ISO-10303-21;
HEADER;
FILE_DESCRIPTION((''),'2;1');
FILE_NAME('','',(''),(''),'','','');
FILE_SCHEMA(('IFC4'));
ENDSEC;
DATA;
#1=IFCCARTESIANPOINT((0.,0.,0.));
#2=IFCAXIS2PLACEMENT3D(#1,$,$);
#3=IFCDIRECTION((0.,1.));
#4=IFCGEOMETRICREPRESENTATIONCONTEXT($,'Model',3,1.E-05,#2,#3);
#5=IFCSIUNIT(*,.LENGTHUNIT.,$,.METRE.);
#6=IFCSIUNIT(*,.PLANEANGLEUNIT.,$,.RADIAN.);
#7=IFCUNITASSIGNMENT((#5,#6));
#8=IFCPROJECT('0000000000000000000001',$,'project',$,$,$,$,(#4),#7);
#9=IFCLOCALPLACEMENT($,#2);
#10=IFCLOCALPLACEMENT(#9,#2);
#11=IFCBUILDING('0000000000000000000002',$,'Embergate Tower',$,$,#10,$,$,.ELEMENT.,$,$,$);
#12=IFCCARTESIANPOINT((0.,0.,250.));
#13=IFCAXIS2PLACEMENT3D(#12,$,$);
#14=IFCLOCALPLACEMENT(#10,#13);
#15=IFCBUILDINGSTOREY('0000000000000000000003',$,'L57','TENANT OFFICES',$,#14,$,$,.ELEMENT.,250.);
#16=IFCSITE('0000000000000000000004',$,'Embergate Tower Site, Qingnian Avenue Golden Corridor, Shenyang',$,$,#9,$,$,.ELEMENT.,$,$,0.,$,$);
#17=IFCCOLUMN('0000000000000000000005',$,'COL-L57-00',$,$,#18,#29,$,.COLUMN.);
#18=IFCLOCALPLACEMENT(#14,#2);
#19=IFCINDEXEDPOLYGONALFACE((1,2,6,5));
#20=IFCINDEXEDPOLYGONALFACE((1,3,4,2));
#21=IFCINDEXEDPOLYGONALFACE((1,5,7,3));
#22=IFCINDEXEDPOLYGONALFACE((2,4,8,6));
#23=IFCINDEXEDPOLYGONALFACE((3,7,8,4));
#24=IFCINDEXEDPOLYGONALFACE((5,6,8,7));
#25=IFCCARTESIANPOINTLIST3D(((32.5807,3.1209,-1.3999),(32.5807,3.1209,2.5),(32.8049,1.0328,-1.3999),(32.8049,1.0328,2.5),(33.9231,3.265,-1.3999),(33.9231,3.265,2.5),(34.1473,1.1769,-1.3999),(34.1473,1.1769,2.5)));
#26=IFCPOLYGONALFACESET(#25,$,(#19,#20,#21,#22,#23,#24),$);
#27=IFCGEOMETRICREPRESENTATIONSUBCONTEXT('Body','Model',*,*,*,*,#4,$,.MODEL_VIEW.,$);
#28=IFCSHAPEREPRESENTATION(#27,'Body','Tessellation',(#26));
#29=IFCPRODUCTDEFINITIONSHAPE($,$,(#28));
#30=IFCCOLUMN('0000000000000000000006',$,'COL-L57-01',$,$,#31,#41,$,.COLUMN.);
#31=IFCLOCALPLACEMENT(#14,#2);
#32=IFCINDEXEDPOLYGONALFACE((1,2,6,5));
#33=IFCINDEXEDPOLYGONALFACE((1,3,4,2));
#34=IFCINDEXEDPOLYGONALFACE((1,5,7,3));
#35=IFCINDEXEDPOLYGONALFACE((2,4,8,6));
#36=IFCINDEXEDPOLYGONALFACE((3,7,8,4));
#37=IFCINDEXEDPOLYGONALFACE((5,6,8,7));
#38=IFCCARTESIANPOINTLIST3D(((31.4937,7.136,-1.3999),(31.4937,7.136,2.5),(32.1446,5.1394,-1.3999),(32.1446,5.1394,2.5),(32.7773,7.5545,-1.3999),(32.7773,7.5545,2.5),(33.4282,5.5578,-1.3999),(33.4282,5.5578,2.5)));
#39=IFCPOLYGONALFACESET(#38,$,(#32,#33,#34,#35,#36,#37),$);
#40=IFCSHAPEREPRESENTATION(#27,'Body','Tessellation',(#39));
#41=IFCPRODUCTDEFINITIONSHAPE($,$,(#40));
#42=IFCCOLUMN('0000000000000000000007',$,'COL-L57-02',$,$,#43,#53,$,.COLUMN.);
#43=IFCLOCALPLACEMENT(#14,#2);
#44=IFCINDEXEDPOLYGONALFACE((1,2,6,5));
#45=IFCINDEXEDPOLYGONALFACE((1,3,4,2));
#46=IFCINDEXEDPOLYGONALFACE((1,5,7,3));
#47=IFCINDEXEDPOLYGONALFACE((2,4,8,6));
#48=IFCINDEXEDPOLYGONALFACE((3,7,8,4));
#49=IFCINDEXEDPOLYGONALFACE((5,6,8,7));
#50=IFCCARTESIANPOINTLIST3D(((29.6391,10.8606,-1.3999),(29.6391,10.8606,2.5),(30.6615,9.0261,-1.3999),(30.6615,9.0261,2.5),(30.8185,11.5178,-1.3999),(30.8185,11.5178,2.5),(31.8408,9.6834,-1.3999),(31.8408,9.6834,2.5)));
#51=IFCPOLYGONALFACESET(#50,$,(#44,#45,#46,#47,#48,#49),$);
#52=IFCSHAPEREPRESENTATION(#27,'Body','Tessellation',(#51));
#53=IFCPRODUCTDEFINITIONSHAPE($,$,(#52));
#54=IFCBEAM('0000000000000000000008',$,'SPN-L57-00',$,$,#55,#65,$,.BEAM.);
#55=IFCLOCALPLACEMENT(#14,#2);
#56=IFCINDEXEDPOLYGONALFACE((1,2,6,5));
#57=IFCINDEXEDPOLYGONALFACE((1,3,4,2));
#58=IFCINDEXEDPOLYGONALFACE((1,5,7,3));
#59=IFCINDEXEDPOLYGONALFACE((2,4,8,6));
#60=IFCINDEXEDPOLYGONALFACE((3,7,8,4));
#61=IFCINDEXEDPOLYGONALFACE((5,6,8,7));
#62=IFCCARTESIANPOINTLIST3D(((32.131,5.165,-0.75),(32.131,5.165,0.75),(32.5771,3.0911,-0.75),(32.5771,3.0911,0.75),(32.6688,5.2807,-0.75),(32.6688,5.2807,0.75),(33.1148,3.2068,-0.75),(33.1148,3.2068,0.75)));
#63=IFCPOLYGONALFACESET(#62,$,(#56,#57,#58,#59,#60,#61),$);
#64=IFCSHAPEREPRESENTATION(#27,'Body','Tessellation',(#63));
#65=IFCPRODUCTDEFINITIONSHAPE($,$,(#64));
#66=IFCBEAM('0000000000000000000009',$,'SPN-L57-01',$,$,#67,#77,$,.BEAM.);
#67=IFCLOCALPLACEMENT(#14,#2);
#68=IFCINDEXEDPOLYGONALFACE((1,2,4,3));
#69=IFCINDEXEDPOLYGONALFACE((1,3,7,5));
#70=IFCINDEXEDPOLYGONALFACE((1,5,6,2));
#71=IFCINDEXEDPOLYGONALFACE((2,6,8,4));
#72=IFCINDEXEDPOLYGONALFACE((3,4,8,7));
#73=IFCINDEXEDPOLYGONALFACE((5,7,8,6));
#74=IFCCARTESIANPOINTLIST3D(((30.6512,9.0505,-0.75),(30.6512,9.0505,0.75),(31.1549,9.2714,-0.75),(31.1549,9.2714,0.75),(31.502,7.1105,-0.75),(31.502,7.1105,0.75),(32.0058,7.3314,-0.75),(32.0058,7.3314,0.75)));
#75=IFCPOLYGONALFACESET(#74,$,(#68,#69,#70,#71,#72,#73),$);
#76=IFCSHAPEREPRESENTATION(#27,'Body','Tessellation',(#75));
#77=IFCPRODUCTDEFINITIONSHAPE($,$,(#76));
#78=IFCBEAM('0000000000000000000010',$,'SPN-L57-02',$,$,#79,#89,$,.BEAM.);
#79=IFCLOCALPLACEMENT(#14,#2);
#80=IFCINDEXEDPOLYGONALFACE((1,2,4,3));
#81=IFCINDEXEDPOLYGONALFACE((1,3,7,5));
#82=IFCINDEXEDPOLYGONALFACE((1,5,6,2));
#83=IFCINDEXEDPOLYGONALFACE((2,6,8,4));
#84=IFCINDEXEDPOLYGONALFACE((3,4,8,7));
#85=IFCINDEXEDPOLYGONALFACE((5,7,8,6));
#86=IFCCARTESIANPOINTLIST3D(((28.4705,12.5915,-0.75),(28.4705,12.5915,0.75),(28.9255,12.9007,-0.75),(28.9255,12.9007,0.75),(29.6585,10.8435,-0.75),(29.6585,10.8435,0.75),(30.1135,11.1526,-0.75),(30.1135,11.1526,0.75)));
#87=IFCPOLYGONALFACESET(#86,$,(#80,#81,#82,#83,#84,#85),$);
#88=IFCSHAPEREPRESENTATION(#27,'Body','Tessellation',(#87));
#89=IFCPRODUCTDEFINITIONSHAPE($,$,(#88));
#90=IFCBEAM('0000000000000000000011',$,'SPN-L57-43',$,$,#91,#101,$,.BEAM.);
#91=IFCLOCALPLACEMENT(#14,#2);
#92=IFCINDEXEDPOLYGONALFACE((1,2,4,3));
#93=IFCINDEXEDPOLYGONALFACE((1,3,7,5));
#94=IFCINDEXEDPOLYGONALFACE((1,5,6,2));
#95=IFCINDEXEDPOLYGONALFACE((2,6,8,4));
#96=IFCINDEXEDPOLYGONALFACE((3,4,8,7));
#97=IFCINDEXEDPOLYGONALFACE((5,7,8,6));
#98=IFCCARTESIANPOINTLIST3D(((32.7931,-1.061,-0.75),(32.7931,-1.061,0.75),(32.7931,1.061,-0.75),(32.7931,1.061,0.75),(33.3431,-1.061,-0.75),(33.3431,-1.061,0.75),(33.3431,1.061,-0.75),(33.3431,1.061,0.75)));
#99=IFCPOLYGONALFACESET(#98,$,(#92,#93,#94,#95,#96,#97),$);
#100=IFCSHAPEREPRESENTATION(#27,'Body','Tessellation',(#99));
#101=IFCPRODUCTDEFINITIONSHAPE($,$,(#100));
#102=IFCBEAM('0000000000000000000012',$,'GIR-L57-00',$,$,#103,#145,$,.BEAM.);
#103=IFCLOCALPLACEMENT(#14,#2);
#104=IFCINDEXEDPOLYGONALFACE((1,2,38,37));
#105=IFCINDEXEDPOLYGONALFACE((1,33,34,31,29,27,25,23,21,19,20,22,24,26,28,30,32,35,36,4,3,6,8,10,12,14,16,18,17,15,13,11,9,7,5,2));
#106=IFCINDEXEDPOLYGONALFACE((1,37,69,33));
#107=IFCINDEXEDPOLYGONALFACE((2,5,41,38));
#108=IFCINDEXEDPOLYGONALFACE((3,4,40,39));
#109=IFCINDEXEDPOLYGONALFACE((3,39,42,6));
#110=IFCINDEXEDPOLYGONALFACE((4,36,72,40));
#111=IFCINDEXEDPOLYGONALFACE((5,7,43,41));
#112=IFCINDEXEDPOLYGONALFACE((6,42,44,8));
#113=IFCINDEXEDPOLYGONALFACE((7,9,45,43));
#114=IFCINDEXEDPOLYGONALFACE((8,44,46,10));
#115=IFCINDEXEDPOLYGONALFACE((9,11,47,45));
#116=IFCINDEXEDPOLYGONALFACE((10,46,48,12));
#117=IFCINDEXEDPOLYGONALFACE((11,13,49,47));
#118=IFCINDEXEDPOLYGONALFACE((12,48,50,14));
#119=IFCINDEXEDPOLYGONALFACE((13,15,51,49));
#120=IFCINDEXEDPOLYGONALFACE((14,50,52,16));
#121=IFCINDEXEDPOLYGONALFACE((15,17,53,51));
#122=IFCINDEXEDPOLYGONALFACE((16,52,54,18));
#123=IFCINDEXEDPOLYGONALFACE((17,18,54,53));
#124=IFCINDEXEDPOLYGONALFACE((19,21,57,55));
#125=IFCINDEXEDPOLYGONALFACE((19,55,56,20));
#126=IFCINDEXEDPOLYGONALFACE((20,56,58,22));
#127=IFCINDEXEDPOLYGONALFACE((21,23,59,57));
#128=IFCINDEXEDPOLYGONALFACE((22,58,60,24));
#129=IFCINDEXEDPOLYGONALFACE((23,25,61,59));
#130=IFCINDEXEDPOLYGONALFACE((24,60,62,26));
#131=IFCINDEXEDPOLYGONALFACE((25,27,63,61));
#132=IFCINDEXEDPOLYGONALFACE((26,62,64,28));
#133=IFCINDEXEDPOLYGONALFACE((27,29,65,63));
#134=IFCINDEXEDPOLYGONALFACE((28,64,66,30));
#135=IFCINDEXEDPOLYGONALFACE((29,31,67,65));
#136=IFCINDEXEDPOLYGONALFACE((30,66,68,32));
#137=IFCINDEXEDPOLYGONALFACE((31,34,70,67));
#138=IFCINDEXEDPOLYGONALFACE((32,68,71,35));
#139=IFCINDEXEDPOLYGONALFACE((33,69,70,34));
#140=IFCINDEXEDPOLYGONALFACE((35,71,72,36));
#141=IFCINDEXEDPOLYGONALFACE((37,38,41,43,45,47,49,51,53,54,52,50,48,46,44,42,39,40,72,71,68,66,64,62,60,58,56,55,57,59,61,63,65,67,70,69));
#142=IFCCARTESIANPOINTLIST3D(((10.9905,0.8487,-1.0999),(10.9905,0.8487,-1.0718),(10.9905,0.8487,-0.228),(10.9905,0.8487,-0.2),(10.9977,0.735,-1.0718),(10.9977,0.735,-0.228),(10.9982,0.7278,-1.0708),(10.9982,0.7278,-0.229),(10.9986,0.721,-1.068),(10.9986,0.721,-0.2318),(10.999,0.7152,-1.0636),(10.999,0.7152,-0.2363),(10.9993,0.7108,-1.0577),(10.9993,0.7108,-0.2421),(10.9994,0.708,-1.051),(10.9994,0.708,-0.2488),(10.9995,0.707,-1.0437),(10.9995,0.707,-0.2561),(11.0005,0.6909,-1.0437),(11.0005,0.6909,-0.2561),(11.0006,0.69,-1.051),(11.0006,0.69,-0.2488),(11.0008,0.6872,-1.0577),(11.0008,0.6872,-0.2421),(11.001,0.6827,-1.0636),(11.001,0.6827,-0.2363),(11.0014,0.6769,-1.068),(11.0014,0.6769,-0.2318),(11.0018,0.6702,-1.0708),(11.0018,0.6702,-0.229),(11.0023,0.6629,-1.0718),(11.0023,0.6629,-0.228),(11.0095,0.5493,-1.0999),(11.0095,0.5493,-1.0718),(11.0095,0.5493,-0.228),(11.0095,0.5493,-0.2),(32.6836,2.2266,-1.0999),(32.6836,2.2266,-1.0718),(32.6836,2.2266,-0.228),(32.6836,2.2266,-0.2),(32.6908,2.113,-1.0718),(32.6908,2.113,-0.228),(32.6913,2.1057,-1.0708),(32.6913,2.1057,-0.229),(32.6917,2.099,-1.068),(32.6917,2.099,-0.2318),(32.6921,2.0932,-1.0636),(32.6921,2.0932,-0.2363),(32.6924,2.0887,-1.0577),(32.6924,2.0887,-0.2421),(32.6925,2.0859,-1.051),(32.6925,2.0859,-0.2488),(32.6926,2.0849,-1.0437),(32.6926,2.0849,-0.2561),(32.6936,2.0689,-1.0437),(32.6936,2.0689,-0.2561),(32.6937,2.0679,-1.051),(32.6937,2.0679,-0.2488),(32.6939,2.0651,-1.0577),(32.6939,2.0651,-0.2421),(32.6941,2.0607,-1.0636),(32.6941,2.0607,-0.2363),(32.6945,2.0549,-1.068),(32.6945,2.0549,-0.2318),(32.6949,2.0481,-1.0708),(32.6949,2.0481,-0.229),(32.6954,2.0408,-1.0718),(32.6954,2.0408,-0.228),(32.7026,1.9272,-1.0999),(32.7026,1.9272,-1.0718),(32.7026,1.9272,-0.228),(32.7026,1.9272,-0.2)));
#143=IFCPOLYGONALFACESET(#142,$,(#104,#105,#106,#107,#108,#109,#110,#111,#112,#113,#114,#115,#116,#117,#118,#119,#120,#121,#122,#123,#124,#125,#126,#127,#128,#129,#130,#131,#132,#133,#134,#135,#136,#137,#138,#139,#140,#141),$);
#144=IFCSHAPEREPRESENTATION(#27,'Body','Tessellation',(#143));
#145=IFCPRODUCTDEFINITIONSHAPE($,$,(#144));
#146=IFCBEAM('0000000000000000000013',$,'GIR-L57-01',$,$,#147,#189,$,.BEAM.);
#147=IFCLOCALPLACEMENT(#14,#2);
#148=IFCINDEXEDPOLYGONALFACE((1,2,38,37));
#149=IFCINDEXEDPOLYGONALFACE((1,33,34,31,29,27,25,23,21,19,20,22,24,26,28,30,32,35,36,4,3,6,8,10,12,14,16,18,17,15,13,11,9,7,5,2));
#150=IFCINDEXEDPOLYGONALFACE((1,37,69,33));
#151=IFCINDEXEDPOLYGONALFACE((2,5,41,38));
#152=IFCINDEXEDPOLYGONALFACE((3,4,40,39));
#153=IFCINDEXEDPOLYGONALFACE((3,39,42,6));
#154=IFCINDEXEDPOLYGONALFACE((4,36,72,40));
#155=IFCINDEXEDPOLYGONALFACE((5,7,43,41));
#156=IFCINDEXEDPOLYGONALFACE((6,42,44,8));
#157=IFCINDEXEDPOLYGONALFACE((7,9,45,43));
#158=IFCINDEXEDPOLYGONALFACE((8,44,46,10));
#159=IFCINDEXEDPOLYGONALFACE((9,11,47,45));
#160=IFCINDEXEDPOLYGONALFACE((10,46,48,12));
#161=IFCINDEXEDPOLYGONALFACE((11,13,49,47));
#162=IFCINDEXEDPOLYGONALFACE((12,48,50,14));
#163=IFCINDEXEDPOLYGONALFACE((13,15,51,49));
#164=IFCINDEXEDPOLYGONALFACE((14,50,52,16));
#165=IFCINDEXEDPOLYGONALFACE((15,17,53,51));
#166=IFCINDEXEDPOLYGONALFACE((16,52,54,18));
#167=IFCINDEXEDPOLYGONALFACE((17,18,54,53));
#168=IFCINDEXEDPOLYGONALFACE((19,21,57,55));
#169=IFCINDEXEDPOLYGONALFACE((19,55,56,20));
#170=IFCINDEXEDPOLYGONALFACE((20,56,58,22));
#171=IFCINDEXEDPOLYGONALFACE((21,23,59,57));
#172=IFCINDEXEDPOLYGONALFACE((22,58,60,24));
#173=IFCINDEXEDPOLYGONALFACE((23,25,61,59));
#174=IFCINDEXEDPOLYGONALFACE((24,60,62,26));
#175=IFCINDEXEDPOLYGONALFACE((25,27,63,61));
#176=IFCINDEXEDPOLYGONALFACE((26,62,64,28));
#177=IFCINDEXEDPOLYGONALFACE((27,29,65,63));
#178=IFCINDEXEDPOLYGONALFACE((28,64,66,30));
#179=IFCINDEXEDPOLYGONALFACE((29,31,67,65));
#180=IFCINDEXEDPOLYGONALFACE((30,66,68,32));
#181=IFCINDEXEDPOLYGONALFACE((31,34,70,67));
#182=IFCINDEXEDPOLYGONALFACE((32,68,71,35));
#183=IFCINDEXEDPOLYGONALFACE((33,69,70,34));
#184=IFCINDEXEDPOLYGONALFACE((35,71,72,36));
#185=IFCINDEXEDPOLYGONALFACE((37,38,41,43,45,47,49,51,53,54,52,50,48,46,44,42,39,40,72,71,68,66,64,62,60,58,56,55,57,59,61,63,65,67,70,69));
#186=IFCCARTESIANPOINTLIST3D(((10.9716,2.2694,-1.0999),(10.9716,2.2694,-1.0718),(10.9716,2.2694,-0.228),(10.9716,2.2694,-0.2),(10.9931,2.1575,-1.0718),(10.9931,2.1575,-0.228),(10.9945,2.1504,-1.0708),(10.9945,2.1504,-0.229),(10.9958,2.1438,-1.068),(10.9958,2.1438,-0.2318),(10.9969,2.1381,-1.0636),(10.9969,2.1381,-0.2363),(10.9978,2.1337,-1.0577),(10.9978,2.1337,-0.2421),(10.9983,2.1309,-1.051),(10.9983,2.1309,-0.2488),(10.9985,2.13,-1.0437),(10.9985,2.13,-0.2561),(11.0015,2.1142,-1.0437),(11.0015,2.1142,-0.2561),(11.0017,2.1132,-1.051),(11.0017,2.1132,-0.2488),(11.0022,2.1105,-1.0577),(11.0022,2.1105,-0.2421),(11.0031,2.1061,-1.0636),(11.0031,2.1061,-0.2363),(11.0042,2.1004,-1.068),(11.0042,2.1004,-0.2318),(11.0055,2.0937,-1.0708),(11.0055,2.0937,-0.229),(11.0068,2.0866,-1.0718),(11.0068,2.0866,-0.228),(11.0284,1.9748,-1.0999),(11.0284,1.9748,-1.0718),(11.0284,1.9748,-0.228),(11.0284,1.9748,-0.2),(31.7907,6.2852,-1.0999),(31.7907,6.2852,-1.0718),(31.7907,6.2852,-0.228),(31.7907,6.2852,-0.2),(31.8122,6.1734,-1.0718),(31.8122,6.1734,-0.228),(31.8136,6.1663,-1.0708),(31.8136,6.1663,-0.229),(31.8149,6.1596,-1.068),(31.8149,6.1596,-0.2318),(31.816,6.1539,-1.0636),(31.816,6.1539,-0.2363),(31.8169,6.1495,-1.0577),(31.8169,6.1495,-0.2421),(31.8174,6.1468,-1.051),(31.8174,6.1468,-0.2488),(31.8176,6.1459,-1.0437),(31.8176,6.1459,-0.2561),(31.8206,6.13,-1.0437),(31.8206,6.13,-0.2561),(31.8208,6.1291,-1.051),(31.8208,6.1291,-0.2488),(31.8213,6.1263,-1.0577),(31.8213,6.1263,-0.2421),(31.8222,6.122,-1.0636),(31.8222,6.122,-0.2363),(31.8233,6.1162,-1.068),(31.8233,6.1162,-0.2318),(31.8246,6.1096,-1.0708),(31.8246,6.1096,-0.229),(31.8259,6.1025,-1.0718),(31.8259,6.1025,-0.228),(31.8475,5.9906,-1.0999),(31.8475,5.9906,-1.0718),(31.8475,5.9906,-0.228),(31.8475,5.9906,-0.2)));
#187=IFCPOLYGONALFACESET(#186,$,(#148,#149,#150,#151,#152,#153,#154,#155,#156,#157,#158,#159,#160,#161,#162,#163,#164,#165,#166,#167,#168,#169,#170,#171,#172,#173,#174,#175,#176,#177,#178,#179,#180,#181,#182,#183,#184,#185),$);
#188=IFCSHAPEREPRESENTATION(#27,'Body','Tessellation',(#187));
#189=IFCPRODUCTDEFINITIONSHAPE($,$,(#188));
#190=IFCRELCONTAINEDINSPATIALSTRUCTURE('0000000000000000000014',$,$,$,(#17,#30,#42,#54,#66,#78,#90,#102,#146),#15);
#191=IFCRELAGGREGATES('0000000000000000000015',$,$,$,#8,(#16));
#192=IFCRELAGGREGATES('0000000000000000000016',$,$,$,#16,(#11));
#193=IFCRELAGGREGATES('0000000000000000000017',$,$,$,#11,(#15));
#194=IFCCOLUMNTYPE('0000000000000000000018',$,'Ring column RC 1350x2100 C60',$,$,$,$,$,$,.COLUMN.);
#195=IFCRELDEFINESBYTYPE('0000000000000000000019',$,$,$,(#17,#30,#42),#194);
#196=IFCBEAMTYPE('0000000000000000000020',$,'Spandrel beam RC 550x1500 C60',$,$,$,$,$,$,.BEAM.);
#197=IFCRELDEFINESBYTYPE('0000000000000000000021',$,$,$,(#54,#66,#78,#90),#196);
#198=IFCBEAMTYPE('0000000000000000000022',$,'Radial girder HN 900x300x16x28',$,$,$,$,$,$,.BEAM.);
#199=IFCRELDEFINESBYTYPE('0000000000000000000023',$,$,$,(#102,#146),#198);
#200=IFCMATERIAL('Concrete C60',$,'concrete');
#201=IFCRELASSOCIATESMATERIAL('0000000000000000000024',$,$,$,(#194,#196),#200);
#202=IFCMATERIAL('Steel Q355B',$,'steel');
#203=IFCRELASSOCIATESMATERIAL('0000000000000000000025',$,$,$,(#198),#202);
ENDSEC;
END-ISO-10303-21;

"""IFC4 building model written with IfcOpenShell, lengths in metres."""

from ifc_helpers import new_model, si_unit, direction, frame, origin, origin_2d, place, context, subcontext, project, spatial, rectangle, i_section, extrude, source, transform, mapped, material, material_profile, profile_set, type_object, element, save


model = new_model("IFC4")

# Units and contexts
model_context = context("Model", 3, precision=1e-05, world=origin(), true_north=direction((0.0, 1.0)))
body_context = subcontext(model_context, "Body", "Model", "MODEL_VIEW")
ifc_project = project(units=[si_unit("LENGTHUNIT", "METRE"), si_unit("PLANEANGLEUNIT", "RADIAN")], contexts=[model_context])

# Site, building, storey
site_placement = place(None, origin())
site = spatial("IfcSite", under=ifc_project, at=site_placement, Name="Embergate Tower Site, Qingnian Avenue Golden Corridor, Shenyang", CompositionType="ELEMENT", RefElevation=0.0)
building_placement = place(site_placement, origin())
building = spatial("IfcBuilding", under=site, at=building_placement, Name="Embergate Tower", CompositionType="ELEMENT")
storey_placement = place(building_placement, frame((0.0, 0.0, 250.0)))
storey = spatial("IfcBuildingStorey", under=building, at=storey_placement, Name="L57", Description="TENANT OFFICES", CompositionType="ELEMENT", Elevation=250.0)

# Columns
ifc_material_1 = material(Name="Concrete C60", Category="concrete")
ifc_material_profile_1 = material_profile(ifc_material_1, rectangle(XDim=1.3501, YDim=2.1001, at=origin_2d()), Name="RC 1350x2100")
ifc_profile_set_1 = profile_set([ifc_material_profile_1], Name="Concrete C60")
column_type = type_object("IfcColumnType", Name="Ring column RC 1350x2100 C60", PredefinedType="COLUMN", material=ifc_profile_set_1)
shared_shape_1 = source(origin(), body_context, "Body", "SweptSolid", [
    extrude(rectangle(XDim=1.3501, YDim=2.1001, at=origin_2d()), origin(), (0.0, 0.0, 1.0), 3.8999),
])
for number, where, z_axis, x_axis, name in (
    (1, (33.364, 2.1489, -1.3999), (0.0, 0.0, 1.0), (0.994286, 0.10675, 0.0), "COL-L57-00"),
    (2, (32.4609, 6.3469, -1.3999), (0.0, 0.0, 1.0), (0.950754, 0.309946, 0.0), "COL-L57-01"),
    (3, (30.74, 10.272, -1.3999), (0.0, 0.0, 1.0), (0.8735, 0.486823, 0.0), "COL-L57-02"),
):
    element("IfcColumn", number, at=place(storey_placement, frame(where, z_axis=z_axis, x_axis=x_axis)), inside=storey, type_object=column_type, Name=name, PredefinedType="COLUMN", context=body_context, shape_type="MappedRepresentation", body=[
        mapped(shared_shape_1, transform((0.0, 0.0, 0.0))),
    ])

# Beams
ifc_material_profile_2 = material_profile(ifc_material_1, rectangle(XDim=0.55, YDim=1.5, at=origin_2d()), Name="RC 550x1500")
ifc_profile_set_2 = profile_set([ifc_material_profile_2], Name="Concrete C60")
beam_type_1 = type_object("IfcBeamType", Name="Spandrel beam RC 550x1500 C60", PredefinedType="BEAM", material=ifc_profile_set_2)
shared_shape_2 = source(origin(), body_context, "Body", "SweptSolid", [
    extrude(rectangle(XDim=0.55, YDim=1.5, at=origin_2d()), origin(), (0.0, 0.0, 1.0), 2.1213),
])
beam_1_placement = place(storey_placement, frame((32.8459, 3.1489, 0.0), z_axis=(-0.21026, 0.977646, 0.0), x_axis=(-0.977646, -0.21026, 0.0)))
element("IfcBeam", 4, at=beam_1_placement, inside=storey, type_object=beam_type_1, Name="SPN-L57-00", PredefinedType="BEAM", context=body_context, shape_type="MappedRepresentation", body=[
    mapped(shared_shape_2, transform((0.0, 0.0, 0.0))),
])
shared_shape_3 = source(origin(), body_context, "Body", "SweptSolid", [
    extrude(rectangle(XDim=0.55, YDim=1.5, at=origin_2d()), origin(), (0.0, 0.0, 1.0), 2.1184),
])
beam_2_placement = place(storey_placement, frame((31.7539, 7.2209, 0.0), z_axis=(-0.401653, 0.915792, 0.0), x_axis=(-0.915792, -0.401653, 0.0)))
element("IfcBeam", 5, at=beam_2_placement, inside=storey, type_object=beam_type_1, Name="SPN-L57-01", PredefinedType="BEAM", context=body_context, shape_type="MappedRepresentation", body=[
    mapped(shared_shape_3, transform((0.0, 0.0, 0.0))),
])
shared_shape_4 = source(origin(), body_context, "Body", "SweptSolid", [
    extrude(rectangle(XDim=0.55, YDim=1.5, at=origin_2d()), origin(), (0.0, 0.0, 1.0), 2.1135),
])
beam_3_placement = place(storey_placement, frame((29.886, 10.998, 0.0), z_axis=(-0.562089, 0.827077, 0.0), x_axis=(-0.827077, -0.562089, 0.0)))
element("IfcBeam", 6, at=beam_3_placement, inside=storey, type_object=beam_type_1, Name="SPN-L57-02", PredefinedType="BEAM", context=body_context, shape_type="MappedRepresentation", body=[
    mapped(shared_shape_4, transform((0.0, 0.0, 0.0))),
])
shared_shape_5 = source(origin(), body_context, "Body", "SweptSolid", [
    extrude(rectangle(XDim=0.55, YDim=1.5, at=origin_2d()), origin(), (0.0, 0.0, 1.0), 2.1221),
])
beam_4_placement = place(storey_placement, frame((33.0681, -1.061, 0.0), z_axis=(0.0, 1.0, 0.0), x_axis=(-1.0, 0.0, 0.0)))
element("IfcBeam", 7, at=beam_4_placement, inside=storey, type_object=beam_type_1, Name="SPN-L57-43", PredefinedType="BEAM", context=body_context, shape_type="MappedRepresentation", body=[
    mapped(shared_shape_5, transform((0.0, 0.0, 0.0))),
])
ifc_material_2 = material(Name="Steel Q355B", Category="steel")
ifc_material_profile_3 = material_profile(ifc_material_2, i_section(OverallWidth=0.3, OverallDepth=0.8999, WebThickness=0.0161, FlangeThickness=0.0281, FilletRadius=0.0281, at=origin_2d()), Name="HN 900x300x16x28")
ifc_profile_set_3 = profile_set([ifc_material_profile_3], Name="Steel Q355 grade B")
beam_type_2 = type_object("IfcBeamType", Name="Radial girder HN 900x300x16x28", PredefinedType="BEAM", material=ifc_profile_set_3)
shared_shape_6 = source(origin(), body_context, "Body", "SweptSolid", [
    extrude(i_section(OverallWidth=0.3, OverallDepth=0.8999, WebThickness=0.0161, FlangeThickness=0.0281, FilletRadius=0.0281, at=origin_2d()), origin(), (0.0, 0.0, 1.0), 21.7368),
])
beam_5_placement = place(storey_placement, frame((32.6931, 2.0769, -0.6499), z_axis=(-0.997989, -0.063391, 0.0), x_axis=(0.063391, -0.997989, 0.0)))
element("IfcBeam", 8, at=beam_5_placement, inside=storey, type_object=beam_type_2, Name="GIR-L57-00", PredefinedType="BEAM", context=body_context, shape_type="MappedRepresentation", body=[
    mapped(shared_shape_6, transform((0.0, 0.0, 0.0))),
])
shared_shape_7 = source(origin(), body_context, "Body", "SweptSolid", [
    extrude(i_section(OverallWidth=0.3, OverallDepth=0.8999, WebThickness=0.0161, FlangeThickness=0.0281, FilletRadius=0.0281, at=origin_2d()), origin(), (0.0, 0.0, 1.0), 21.2029),
])
beam_6_placement = place(storey_placement, frame((31.8191, 6.1379, -0.6499), z_axis=(-0.9819, -0.189402, 0.0), x_axis=(0.189402, -0.9819, 0.0)))
element("IfcBeam", 9, at=beam_6_placement, inside=storey, type_object=beam_type_2, Name="GIR-L57-01", PredefinedType="BEAM", context=body_context, shape_type="MappedRepresentation", body=[
    mapped(shared_shape_7, transform((0.0, 0.0, 0.0))),
])

save(model, "model.ifc")
